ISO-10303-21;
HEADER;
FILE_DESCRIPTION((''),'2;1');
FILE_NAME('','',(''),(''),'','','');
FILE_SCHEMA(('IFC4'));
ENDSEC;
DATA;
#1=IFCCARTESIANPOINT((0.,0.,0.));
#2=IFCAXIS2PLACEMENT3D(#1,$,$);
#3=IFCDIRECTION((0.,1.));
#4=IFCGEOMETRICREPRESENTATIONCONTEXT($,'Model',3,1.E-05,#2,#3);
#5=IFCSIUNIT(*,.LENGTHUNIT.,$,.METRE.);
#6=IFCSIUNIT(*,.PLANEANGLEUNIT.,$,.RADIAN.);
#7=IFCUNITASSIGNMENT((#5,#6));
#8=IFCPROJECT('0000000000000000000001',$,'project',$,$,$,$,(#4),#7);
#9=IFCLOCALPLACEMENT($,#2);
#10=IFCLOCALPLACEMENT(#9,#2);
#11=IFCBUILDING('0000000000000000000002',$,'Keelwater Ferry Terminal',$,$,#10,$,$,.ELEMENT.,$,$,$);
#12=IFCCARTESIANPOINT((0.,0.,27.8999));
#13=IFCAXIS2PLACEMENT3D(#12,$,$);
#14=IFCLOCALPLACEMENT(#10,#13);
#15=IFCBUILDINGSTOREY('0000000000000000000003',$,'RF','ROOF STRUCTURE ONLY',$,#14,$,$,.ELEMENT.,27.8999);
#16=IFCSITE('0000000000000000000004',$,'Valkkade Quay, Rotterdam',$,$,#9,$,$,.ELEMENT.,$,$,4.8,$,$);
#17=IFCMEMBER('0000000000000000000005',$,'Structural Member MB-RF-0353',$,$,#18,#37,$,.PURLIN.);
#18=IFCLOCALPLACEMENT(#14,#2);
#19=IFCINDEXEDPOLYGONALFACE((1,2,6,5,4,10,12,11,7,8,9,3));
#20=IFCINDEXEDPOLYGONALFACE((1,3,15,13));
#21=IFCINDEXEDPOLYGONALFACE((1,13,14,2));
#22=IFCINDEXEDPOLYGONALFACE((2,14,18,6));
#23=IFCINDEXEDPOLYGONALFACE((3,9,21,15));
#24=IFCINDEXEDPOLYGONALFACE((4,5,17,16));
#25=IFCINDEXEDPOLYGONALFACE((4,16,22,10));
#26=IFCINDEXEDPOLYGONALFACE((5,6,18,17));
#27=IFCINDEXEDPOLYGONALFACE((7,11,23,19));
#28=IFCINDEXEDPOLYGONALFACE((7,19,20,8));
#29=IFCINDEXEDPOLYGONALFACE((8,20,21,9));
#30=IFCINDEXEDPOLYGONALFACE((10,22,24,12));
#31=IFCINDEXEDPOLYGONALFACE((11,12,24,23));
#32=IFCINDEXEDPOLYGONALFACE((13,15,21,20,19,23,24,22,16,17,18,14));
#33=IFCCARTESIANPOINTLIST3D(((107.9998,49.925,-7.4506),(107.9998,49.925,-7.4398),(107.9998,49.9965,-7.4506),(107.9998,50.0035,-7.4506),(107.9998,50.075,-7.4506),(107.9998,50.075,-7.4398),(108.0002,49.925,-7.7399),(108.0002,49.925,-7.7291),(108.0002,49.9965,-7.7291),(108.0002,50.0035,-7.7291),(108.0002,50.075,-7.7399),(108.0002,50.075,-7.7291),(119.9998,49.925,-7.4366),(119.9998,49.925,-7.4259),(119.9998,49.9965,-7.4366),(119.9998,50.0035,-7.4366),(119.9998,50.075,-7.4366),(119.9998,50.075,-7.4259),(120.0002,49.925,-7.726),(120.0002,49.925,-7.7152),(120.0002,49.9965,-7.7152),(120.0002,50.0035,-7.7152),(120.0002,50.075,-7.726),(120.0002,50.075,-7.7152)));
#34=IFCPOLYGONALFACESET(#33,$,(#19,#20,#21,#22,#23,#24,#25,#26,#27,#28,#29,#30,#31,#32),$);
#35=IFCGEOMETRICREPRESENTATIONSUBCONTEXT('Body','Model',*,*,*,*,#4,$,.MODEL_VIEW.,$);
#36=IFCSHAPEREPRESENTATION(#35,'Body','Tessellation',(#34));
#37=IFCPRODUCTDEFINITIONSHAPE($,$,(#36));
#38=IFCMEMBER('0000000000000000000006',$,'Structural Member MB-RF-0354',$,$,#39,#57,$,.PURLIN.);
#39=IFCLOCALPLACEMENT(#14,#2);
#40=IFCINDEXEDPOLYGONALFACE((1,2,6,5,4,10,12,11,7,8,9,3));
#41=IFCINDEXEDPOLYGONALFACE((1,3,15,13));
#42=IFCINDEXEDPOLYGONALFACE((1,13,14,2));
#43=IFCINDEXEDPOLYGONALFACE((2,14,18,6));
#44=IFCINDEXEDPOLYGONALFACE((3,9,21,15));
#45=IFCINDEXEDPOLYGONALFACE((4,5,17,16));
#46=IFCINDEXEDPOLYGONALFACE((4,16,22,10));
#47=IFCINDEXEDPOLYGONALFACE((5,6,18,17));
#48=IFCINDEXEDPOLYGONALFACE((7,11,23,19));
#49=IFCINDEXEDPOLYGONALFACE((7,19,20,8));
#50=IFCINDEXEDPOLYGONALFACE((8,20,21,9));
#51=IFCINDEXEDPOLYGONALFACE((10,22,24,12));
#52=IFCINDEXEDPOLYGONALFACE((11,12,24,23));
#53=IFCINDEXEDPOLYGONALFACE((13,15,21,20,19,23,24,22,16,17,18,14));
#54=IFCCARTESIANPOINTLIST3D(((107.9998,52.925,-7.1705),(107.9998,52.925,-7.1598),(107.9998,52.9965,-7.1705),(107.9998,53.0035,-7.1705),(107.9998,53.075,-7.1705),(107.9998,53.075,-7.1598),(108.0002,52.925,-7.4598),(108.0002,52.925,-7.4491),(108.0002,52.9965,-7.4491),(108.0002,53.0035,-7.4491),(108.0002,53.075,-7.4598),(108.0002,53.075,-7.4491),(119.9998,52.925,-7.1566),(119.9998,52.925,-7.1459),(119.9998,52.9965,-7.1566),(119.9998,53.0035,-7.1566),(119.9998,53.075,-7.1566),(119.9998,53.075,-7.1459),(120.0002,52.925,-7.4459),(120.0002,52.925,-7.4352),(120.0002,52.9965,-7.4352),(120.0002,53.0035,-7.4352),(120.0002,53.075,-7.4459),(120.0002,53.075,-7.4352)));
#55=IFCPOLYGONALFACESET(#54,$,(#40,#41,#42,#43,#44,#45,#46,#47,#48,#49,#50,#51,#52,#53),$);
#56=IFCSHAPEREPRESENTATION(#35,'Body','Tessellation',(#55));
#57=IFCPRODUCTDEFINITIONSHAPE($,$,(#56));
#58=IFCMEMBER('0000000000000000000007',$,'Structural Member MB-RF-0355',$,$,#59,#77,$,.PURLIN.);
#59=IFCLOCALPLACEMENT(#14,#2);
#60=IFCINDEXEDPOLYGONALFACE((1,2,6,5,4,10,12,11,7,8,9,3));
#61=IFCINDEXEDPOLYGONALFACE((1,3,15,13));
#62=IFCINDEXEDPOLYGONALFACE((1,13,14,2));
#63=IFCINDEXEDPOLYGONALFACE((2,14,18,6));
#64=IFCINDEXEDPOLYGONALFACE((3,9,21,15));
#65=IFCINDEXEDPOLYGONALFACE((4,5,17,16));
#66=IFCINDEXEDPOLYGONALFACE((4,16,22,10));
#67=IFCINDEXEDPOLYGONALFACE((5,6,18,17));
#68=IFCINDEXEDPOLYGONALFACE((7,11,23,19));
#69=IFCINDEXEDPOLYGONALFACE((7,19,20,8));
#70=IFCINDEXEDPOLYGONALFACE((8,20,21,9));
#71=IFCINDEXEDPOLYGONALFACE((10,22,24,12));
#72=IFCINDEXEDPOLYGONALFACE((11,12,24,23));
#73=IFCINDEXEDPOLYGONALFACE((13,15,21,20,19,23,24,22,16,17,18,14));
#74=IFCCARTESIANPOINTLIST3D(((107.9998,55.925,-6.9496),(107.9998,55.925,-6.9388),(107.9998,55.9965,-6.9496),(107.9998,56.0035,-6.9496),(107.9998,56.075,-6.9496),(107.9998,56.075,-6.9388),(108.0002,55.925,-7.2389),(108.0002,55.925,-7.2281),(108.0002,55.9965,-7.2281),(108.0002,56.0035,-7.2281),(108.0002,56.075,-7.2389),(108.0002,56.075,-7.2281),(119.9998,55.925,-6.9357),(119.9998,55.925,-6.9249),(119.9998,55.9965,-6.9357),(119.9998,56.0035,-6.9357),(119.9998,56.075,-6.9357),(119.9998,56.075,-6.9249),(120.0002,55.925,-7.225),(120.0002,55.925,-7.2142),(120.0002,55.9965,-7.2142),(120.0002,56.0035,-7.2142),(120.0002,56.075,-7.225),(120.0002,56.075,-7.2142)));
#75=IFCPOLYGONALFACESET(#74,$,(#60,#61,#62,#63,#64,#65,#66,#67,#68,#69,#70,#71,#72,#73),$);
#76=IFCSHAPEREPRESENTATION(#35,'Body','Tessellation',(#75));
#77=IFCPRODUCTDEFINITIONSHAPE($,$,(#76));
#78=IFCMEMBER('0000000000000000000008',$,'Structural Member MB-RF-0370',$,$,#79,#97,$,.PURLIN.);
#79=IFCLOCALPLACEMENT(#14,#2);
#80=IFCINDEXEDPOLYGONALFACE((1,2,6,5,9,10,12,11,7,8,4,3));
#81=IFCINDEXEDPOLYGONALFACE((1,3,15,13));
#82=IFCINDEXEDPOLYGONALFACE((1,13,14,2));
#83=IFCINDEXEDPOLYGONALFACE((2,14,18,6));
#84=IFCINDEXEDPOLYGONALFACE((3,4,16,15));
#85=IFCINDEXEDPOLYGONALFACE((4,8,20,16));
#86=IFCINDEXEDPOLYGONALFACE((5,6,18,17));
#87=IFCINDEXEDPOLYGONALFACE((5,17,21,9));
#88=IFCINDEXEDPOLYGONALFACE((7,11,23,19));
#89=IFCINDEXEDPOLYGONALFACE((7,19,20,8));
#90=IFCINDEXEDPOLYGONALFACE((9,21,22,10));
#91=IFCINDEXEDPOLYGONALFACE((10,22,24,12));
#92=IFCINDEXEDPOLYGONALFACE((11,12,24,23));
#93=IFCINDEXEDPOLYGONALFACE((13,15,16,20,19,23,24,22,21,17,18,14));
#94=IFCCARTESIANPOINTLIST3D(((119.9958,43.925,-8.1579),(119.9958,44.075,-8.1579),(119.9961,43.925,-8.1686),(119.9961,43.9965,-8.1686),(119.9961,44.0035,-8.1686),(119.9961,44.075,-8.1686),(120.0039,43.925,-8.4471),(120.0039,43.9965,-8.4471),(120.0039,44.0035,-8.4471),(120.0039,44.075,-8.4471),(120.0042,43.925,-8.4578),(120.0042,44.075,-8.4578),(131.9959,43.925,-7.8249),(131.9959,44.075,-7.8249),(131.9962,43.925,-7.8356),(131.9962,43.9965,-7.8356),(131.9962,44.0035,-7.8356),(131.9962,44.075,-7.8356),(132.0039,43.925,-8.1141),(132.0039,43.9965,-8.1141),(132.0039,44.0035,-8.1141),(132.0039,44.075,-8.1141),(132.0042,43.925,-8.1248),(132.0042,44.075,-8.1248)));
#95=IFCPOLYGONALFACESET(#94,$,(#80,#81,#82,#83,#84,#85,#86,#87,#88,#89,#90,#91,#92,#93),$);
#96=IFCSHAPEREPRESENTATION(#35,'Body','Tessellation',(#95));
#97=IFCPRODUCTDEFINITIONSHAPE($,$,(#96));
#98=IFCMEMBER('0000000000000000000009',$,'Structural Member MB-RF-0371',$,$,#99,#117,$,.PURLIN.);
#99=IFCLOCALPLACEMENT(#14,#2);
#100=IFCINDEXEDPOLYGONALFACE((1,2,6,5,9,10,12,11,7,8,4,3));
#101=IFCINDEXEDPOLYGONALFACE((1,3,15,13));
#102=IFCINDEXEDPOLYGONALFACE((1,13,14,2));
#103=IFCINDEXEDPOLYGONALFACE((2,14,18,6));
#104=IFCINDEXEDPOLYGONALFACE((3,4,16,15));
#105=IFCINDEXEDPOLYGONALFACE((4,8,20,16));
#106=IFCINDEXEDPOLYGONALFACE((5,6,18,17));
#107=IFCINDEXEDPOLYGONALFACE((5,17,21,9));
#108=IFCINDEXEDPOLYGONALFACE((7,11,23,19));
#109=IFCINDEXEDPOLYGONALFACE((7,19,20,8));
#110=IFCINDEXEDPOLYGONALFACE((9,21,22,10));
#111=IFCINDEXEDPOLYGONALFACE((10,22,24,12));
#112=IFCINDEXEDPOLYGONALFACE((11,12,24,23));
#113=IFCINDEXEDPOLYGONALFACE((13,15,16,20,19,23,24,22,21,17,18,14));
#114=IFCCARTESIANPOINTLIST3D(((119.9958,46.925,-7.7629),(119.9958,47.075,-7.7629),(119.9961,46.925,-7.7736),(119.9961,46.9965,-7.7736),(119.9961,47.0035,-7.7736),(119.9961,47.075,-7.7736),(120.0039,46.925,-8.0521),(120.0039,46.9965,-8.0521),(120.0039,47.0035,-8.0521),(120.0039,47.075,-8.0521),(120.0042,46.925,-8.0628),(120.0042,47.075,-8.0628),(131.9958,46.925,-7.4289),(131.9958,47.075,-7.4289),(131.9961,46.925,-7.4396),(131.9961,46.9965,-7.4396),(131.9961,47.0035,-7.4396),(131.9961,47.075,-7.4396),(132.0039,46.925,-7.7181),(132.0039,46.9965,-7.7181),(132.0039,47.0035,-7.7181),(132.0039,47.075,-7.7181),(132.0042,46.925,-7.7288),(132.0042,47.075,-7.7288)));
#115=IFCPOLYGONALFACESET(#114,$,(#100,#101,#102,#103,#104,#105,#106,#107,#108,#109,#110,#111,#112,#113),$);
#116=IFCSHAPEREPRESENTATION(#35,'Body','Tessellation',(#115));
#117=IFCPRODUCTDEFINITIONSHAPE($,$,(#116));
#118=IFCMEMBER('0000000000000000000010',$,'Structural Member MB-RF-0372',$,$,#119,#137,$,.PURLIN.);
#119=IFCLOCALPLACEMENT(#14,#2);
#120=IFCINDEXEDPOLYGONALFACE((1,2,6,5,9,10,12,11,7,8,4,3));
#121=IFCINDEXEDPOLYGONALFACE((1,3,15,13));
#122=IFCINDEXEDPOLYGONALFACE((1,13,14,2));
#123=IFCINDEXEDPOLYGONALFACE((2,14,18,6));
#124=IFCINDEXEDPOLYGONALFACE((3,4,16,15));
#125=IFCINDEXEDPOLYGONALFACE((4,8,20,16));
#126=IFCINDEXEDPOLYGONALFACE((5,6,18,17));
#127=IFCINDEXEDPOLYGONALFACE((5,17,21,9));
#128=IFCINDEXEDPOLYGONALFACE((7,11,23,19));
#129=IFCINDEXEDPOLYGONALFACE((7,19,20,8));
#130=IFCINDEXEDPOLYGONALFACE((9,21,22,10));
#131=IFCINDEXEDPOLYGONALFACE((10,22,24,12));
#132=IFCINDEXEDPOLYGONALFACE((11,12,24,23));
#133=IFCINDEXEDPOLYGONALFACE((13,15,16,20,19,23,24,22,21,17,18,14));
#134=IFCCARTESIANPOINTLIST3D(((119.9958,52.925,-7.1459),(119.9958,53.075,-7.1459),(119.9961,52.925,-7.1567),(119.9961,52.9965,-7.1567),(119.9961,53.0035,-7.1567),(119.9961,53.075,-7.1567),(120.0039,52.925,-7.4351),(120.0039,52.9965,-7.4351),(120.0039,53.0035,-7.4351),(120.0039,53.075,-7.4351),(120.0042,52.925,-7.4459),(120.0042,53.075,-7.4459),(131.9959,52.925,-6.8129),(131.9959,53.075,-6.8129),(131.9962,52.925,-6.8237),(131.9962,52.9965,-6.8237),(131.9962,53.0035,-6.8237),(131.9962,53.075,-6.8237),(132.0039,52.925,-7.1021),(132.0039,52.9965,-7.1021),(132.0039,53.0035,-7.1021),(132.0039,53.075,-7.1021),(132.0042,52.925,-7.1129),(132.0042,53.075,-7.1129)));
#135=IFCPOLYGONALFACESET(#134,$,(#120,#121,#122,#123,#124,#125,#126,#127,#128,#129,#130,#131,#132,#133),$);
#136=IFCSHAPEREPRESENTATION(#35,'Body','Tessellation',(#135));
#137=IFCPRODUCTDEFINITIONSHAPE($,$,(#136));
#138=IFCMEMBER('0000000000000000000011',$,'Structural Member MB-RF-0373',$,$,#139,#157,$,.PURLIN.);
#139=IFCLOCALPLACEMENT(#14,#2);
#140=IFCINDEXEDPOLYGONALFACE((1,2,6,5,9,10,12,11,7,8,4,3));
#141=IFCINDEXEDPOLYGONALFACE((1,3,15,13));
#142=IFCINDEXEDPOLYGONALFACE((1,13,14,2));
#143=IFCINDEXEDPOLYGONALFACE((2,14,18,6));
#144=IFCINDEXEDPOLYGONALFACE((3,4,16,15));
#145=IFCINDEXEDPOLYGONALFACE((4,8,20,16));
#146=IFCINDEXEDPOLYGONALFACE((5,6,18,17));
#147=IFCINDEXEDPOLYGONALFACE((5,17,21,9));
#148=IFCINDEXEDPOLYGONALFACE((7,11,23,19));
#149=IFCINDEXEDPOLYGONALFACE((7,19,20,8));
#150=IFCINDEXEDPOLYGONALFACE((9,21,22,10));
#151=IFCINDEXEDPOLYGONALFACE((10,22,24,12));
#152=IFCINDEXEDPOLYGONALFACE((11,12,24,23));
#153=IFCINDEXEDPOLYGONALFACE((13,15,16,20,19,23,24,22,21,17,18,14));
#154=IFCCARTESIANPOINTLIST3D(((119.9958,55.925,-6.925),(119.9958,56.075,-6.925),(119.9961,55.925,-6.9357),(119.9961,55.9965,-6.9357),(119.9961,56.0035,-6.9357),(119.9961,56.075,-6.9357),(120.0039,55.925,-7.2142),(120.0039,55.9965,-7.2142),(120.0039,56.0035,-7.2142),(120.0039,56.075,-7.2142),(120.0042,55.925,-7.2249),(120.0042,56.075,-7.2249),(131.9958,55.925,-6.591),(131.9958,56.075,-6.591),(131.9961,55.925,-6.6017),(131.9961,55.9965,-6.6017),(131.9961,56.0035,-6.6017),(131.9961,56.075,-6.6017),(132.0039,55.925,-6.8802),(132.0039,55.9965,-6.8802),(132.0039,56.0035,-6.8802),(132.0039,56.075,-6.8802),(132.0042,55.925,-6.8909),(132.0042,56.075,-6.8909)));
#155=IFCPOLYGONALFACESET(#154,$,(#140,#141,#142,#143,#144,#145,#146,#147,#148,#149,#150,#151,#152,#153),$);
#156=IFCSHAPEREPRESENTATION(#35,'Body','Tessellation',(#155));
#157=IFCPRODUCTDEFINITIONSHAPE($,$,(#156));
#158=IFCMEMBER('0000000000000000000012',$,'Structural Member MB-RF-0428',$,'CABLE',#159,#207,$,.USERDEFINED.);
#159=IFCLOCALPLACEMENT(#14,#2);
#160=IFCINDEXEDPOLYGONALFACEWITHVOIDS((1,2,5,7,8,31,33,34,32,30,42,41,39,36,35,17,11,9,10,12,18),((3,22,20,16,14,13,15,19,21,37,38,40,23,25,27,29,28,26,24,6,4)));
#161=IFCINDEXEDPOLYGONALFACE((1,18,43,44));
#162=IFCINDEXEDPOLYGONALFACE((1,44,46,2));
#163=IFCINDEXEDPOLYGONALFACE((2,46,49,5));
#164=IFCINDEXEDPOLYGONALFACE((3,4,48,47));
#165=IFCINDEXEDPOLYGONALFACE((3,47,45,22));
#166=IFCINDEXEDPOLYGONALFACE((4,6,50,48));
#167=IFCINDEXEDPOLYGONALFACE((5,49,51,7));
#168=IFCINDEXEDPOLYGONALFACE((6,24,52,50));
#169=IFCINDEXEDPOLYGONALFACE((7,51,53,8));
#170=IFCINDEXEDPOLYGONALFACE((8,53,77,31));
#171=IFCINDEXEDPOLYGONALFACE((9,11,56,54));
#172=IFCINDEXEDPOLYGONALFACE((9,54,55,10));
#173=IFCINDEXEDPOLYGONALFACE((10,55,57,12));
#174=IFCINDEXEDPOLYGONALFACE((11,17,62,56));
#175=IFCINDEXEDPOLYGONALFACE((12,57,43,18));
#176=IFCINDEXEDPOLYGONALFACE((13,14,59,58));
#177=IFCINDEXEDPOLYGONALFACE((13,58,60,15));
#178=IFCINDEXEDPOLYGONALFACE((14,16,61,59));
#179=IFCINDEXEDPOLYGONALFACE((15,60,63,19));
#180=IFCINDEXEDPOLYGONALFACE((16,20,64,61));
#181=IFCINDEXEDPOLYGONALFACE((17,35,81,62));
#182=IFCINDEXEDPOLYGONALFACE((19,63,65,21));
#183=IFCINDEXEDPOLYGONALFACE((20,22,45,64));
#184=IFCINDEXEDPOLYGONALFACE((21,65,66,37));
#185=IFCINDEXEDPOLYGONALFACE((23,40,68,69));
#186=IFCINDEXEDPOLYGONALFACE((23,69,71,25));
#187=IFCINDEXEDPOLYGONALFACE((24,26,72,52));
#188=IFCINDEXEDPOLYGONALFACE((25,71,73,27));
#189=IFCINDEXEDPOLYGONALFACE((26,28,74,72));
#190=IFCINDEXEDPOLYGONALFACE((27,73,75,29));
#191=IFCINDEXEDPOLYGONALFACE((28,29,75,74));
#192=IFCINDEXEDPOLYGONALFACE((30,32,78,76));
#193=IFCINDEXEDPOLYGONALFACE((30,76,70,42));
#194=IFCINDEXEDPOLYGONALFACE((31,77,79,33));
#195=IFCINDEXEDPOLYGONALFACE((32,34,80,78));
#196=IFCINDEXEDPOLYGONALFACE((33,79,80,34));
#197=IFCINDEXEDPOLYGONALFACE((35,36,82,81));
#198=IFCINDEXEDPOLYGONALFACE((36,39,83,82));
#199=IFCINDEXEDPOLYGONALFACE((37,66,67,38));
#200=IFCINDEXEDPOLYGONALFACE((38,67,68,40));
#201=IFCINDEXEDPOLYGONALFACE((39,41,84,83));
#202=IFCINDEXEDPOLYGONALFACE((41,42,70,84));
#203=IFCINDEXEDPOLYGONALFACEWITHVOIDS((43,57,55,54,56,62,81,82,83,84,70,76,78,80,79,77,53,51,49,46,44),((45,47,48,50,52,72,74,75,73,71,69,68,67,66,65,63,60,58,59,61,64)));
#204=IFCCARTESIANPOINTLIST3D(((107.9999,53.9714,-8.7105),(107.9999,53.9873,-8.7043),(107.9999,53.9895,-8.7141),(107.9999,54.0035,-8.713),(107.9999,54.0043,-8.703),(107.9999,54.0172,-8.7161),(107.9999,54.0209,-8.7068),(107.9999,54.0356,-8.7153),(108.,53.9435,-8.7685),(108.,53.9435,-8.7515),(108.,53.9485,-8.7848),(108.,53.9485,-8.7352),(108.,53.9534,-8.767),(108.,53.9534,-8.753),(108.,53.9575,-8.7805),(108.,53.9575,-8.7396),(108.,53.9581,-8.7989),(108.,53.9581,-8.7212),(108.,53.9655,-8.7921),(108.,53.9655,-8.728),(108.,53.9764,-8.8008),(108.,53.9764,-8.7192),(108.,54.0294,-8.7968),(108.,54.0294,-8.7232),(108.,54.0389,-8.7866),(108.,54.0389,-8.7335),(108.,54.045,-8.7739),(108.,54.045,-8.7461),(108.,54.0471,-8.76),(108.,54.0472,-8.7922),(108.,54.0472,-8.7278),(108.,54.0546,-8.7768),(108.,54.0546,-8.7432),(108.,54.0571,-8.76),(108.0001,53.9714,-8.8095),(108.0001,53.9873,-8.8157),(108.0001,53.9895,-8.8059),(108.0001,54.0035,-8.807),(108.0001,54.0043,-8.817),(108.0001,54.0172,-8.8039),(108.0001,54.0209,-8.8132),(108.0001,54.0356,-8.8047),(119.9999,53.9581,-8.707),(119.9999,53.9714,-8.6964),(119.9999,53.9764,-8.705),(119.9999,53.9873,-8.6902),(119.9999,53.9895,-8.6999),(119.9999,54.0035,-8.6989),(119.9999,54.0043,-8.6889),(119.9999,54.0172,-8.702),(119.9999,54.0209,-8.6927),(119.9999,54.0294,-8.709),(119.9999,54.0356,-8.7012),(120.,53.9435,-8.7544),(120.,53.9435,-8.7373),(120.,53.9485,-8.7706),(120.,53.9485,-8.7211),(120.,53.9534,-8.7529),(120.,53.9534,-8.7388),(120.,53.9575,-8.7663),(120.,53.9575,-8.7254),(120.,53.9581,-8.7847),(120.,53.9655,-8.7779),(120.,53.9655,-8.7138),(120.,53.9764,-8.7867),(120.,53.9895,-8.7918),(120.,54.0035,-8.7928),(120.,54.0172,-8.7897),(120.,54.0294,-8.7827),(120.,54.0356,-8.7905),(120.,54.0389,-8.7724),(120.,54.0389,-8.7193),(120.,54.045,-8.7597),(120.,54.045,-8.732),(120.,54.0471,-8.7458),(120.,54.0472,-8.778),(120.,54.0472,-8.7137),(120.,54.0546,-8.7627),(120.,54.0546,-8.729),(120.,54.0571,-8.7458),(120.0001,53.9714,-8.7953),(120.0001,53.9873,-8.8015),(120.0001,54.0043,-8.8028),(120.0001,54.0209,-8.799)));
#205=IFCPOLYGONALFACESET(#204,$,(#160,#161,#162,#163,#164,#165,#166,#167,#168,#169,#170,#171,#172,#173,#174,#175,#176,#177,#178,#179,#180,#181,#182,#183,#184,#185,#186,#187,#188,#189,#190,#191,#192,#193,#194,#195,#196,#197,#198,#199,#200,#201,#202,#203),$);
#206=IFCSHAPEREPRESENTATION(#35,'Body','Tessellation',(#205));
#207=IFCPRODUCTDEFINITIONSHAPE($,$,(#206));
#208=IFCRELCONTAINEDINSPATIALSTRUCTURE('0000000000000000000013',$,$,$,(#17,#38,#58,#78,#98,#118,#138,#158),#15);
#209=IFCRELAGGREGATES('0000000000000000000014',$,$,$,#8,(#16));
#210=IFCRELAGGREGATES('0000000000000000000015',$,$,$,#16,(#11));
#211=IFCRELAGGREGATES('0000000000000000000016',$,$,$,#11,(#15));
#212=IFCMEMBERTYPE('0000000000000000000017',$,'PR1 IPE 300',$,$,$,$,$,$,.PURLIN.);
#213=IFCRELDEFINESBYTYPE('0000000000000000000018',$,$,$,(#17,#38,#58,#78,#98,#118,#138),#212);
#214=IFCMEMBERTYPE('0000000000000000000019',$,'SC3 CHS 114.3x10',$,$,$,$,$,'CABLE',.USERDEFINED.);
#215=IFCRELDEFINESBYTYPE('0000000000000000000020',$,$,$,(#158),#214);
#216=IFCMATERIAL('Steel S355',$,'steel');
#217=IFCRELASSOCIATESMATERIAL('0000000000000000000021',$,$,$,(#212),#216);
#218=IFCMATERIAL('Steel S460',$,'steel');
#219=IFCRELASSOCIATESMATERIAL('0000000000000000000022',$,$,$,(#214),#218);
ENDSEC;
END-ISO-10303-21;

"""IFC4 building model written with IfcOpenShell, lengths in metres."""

from ifc_helpers import new_model, si_unit, direction, frame, origin, origin_2d, place, context, subcontext, project, spatial, hollow_circle, i_section, extrude, material, material_profile, profile_set, type_object, element, save


model = new_model("IFC4")

# Units and contexts
model_context = context("Model", 3, precision=1e-05, world=origin(), true_north=direction((0.0, 1.0)))
body_context = subcontext(model_context, "Body", "Model", "MODEL_VIEW")
ifc_project = project(units=[si_unit("LENGTHUNIT", "METRE"), si_unit("PLANEANGLEUNIT", "RADIAN")], contexts=[model_context])

# Site, building, storey
site_placement = place(None, origin())
site = spatial("IfcSite", under=ifc_project, at=site_placement, Name="Valkkade Quay, Rotterdam", CompositionType="ELEMENT", RefElevation=4.8)
building_placement = place(site_placement, origin())
building = spatial("IfcBuilding", under=site, at=building_placement, Name="Keelwater Ferry Terminal", CompositionType="ELEMENT")
storey_placement = place(building_placement, frame((0.0, 0.0, 27.8999)))
storey = spatial("IfcBuildingStorey", under=building, at=storey_placement, Name="RF", Description="ROOF STRUCTURE ONLY", CompositionType="ELEMENT", Elevation=27.8999)

# Members
ifc_material_1 = material(Name="Steel S355", Category="steel")
ifc_material_profile_1 = material_profile(ifc_material_1, i_section(OverallWidth=0.1499, OverallDepth=0.3, WebThickness=0.0071, FlangeThickness=0.0107, at=origin_2d()), Name="IPE 300")
ifc_profile_set_1 = profile_set([ifc_material_profile_1], Name="Steel S355")
member_type_1 = type_object("IfcMemberType", Name="PR1 IPE 300", PredefinedType="PURLIN", material=ifc_profile_set_1)
for number, where, z_axis, x_axis, name in (
    (1, (108.0, 50.0, -7.5898), (0.999999, 0.0, 0.00116), (0.0, 1.0, 0.0), "Structural Member MB-RF-0353"),
    (2, (108.0, 53.0, -7.3098), (0.999999, 0.0, 0.00116), (0.0, 1.0, 0.0), "Structural Member MB-RF-0354"),
    (3, (108.0, 56.0, -7.0889), (0.999999, 0.0, 0.00116), (0.0, 1.0, 0.0), "Structural Member MB-RF-0355"),
):
    element("IfcMember", number, at=place(storey_placement, frame(where, z_axis=z_axis, x_axis=x_axis)), inside=storey, type_object=member_type_1, Name=name, PredefinedType="PURLIN", context=body_context, shape_type="SweptSolid", body=[
        extrude(i_section(OverallWidth=0.1499, OverallDepth=0.3, WebThickness=0.0071, FlangeThickness=0.0107, at=origin_2d()), origin(), (0.0, 0.0, 1.0), 12.0),
    ])
for number, where, z_axis, x_axis, name in (
    (4, (120.0, 44.0, -8.3079), (0.999615, 0.0, 0.02774), (0.0, 1.0, 0.0), "Structural Member MB-RF-0370"),
    (5, (120.0, 47.0, -7.9128), (0.999613, 0.0, 0.027821), (0.0, 1.0, 0.0), "Structural Member MB-RF-0371"),
    (6, (120.0, 53.0, -7.2959), (0.999615, 0.0, 0.02774), (0.0, 1.0, 0.0), "Structural Member MB-RF-0372"),
    (7, (120.0, 56.0, -7.075), (0.999613, 0.0, 0.027821), (0.0, 1.0, 0.0), "Structural Member MB-RF-0373"),
):
    element("IfcMember", number, at=place(storey_placement, frame(where, z_axis=z_axis, x_axis=x_axis)), inside=storey, type_object=member_type_1, Name=name, PredefinedType="PURLIN", context=body_context, shape_type="SweptSolid", body=[
        extrude(i_section(OverallWidth=0.1499, OverallDepth=0.3, WebThickness=0.0071, FlangeThickness=0.0107, at=origin_2d()), origin(), (0.0, 0.0, 1.0), 12.0046),
    ])
ifc_material_2 = material(Name="Steel S460", Category="steel")
ifc_material_profile_2 = material_profile(ifc_material_2, hollow_circle(Radius=0.0571, WallThickness=0.01, at=origin_2d()), Name="CHS 114.3x10")
ifc_profile_set_2 = profile_set([ifc_material_profile_2], Name="Steel S460")
member_type_2 = type_object("IfcMemberType", Name="SC3 CHS 114.3x10", ElementType="CABLE", PredefinedType="USERDEFINED", material=ifc_profile_set_2)
member_1_placement = place(storey_placement, frame((108.0, 54.0, -8.76), z_axis=(0.999999, 0.0, 0.00118), x_axis=(0.0, 1.0, 0.0)))
element("IfcMember", 8, at=member_1_placement, inside=storey, type_object=member_type_2, Name="Structural Member MB-RF-0428", ObjectType="CABLE", PredefinedType="USERDEFINED", context=body_context, shape_type="SweptSolid", body=[
    extrude(hollow_circle(Radius=0.0571, WallThickness=0.01, at=origin_2d()), origin(), (0.0, 0.0, 1.0), 12.0),
])

save(model, "model.ifc")
